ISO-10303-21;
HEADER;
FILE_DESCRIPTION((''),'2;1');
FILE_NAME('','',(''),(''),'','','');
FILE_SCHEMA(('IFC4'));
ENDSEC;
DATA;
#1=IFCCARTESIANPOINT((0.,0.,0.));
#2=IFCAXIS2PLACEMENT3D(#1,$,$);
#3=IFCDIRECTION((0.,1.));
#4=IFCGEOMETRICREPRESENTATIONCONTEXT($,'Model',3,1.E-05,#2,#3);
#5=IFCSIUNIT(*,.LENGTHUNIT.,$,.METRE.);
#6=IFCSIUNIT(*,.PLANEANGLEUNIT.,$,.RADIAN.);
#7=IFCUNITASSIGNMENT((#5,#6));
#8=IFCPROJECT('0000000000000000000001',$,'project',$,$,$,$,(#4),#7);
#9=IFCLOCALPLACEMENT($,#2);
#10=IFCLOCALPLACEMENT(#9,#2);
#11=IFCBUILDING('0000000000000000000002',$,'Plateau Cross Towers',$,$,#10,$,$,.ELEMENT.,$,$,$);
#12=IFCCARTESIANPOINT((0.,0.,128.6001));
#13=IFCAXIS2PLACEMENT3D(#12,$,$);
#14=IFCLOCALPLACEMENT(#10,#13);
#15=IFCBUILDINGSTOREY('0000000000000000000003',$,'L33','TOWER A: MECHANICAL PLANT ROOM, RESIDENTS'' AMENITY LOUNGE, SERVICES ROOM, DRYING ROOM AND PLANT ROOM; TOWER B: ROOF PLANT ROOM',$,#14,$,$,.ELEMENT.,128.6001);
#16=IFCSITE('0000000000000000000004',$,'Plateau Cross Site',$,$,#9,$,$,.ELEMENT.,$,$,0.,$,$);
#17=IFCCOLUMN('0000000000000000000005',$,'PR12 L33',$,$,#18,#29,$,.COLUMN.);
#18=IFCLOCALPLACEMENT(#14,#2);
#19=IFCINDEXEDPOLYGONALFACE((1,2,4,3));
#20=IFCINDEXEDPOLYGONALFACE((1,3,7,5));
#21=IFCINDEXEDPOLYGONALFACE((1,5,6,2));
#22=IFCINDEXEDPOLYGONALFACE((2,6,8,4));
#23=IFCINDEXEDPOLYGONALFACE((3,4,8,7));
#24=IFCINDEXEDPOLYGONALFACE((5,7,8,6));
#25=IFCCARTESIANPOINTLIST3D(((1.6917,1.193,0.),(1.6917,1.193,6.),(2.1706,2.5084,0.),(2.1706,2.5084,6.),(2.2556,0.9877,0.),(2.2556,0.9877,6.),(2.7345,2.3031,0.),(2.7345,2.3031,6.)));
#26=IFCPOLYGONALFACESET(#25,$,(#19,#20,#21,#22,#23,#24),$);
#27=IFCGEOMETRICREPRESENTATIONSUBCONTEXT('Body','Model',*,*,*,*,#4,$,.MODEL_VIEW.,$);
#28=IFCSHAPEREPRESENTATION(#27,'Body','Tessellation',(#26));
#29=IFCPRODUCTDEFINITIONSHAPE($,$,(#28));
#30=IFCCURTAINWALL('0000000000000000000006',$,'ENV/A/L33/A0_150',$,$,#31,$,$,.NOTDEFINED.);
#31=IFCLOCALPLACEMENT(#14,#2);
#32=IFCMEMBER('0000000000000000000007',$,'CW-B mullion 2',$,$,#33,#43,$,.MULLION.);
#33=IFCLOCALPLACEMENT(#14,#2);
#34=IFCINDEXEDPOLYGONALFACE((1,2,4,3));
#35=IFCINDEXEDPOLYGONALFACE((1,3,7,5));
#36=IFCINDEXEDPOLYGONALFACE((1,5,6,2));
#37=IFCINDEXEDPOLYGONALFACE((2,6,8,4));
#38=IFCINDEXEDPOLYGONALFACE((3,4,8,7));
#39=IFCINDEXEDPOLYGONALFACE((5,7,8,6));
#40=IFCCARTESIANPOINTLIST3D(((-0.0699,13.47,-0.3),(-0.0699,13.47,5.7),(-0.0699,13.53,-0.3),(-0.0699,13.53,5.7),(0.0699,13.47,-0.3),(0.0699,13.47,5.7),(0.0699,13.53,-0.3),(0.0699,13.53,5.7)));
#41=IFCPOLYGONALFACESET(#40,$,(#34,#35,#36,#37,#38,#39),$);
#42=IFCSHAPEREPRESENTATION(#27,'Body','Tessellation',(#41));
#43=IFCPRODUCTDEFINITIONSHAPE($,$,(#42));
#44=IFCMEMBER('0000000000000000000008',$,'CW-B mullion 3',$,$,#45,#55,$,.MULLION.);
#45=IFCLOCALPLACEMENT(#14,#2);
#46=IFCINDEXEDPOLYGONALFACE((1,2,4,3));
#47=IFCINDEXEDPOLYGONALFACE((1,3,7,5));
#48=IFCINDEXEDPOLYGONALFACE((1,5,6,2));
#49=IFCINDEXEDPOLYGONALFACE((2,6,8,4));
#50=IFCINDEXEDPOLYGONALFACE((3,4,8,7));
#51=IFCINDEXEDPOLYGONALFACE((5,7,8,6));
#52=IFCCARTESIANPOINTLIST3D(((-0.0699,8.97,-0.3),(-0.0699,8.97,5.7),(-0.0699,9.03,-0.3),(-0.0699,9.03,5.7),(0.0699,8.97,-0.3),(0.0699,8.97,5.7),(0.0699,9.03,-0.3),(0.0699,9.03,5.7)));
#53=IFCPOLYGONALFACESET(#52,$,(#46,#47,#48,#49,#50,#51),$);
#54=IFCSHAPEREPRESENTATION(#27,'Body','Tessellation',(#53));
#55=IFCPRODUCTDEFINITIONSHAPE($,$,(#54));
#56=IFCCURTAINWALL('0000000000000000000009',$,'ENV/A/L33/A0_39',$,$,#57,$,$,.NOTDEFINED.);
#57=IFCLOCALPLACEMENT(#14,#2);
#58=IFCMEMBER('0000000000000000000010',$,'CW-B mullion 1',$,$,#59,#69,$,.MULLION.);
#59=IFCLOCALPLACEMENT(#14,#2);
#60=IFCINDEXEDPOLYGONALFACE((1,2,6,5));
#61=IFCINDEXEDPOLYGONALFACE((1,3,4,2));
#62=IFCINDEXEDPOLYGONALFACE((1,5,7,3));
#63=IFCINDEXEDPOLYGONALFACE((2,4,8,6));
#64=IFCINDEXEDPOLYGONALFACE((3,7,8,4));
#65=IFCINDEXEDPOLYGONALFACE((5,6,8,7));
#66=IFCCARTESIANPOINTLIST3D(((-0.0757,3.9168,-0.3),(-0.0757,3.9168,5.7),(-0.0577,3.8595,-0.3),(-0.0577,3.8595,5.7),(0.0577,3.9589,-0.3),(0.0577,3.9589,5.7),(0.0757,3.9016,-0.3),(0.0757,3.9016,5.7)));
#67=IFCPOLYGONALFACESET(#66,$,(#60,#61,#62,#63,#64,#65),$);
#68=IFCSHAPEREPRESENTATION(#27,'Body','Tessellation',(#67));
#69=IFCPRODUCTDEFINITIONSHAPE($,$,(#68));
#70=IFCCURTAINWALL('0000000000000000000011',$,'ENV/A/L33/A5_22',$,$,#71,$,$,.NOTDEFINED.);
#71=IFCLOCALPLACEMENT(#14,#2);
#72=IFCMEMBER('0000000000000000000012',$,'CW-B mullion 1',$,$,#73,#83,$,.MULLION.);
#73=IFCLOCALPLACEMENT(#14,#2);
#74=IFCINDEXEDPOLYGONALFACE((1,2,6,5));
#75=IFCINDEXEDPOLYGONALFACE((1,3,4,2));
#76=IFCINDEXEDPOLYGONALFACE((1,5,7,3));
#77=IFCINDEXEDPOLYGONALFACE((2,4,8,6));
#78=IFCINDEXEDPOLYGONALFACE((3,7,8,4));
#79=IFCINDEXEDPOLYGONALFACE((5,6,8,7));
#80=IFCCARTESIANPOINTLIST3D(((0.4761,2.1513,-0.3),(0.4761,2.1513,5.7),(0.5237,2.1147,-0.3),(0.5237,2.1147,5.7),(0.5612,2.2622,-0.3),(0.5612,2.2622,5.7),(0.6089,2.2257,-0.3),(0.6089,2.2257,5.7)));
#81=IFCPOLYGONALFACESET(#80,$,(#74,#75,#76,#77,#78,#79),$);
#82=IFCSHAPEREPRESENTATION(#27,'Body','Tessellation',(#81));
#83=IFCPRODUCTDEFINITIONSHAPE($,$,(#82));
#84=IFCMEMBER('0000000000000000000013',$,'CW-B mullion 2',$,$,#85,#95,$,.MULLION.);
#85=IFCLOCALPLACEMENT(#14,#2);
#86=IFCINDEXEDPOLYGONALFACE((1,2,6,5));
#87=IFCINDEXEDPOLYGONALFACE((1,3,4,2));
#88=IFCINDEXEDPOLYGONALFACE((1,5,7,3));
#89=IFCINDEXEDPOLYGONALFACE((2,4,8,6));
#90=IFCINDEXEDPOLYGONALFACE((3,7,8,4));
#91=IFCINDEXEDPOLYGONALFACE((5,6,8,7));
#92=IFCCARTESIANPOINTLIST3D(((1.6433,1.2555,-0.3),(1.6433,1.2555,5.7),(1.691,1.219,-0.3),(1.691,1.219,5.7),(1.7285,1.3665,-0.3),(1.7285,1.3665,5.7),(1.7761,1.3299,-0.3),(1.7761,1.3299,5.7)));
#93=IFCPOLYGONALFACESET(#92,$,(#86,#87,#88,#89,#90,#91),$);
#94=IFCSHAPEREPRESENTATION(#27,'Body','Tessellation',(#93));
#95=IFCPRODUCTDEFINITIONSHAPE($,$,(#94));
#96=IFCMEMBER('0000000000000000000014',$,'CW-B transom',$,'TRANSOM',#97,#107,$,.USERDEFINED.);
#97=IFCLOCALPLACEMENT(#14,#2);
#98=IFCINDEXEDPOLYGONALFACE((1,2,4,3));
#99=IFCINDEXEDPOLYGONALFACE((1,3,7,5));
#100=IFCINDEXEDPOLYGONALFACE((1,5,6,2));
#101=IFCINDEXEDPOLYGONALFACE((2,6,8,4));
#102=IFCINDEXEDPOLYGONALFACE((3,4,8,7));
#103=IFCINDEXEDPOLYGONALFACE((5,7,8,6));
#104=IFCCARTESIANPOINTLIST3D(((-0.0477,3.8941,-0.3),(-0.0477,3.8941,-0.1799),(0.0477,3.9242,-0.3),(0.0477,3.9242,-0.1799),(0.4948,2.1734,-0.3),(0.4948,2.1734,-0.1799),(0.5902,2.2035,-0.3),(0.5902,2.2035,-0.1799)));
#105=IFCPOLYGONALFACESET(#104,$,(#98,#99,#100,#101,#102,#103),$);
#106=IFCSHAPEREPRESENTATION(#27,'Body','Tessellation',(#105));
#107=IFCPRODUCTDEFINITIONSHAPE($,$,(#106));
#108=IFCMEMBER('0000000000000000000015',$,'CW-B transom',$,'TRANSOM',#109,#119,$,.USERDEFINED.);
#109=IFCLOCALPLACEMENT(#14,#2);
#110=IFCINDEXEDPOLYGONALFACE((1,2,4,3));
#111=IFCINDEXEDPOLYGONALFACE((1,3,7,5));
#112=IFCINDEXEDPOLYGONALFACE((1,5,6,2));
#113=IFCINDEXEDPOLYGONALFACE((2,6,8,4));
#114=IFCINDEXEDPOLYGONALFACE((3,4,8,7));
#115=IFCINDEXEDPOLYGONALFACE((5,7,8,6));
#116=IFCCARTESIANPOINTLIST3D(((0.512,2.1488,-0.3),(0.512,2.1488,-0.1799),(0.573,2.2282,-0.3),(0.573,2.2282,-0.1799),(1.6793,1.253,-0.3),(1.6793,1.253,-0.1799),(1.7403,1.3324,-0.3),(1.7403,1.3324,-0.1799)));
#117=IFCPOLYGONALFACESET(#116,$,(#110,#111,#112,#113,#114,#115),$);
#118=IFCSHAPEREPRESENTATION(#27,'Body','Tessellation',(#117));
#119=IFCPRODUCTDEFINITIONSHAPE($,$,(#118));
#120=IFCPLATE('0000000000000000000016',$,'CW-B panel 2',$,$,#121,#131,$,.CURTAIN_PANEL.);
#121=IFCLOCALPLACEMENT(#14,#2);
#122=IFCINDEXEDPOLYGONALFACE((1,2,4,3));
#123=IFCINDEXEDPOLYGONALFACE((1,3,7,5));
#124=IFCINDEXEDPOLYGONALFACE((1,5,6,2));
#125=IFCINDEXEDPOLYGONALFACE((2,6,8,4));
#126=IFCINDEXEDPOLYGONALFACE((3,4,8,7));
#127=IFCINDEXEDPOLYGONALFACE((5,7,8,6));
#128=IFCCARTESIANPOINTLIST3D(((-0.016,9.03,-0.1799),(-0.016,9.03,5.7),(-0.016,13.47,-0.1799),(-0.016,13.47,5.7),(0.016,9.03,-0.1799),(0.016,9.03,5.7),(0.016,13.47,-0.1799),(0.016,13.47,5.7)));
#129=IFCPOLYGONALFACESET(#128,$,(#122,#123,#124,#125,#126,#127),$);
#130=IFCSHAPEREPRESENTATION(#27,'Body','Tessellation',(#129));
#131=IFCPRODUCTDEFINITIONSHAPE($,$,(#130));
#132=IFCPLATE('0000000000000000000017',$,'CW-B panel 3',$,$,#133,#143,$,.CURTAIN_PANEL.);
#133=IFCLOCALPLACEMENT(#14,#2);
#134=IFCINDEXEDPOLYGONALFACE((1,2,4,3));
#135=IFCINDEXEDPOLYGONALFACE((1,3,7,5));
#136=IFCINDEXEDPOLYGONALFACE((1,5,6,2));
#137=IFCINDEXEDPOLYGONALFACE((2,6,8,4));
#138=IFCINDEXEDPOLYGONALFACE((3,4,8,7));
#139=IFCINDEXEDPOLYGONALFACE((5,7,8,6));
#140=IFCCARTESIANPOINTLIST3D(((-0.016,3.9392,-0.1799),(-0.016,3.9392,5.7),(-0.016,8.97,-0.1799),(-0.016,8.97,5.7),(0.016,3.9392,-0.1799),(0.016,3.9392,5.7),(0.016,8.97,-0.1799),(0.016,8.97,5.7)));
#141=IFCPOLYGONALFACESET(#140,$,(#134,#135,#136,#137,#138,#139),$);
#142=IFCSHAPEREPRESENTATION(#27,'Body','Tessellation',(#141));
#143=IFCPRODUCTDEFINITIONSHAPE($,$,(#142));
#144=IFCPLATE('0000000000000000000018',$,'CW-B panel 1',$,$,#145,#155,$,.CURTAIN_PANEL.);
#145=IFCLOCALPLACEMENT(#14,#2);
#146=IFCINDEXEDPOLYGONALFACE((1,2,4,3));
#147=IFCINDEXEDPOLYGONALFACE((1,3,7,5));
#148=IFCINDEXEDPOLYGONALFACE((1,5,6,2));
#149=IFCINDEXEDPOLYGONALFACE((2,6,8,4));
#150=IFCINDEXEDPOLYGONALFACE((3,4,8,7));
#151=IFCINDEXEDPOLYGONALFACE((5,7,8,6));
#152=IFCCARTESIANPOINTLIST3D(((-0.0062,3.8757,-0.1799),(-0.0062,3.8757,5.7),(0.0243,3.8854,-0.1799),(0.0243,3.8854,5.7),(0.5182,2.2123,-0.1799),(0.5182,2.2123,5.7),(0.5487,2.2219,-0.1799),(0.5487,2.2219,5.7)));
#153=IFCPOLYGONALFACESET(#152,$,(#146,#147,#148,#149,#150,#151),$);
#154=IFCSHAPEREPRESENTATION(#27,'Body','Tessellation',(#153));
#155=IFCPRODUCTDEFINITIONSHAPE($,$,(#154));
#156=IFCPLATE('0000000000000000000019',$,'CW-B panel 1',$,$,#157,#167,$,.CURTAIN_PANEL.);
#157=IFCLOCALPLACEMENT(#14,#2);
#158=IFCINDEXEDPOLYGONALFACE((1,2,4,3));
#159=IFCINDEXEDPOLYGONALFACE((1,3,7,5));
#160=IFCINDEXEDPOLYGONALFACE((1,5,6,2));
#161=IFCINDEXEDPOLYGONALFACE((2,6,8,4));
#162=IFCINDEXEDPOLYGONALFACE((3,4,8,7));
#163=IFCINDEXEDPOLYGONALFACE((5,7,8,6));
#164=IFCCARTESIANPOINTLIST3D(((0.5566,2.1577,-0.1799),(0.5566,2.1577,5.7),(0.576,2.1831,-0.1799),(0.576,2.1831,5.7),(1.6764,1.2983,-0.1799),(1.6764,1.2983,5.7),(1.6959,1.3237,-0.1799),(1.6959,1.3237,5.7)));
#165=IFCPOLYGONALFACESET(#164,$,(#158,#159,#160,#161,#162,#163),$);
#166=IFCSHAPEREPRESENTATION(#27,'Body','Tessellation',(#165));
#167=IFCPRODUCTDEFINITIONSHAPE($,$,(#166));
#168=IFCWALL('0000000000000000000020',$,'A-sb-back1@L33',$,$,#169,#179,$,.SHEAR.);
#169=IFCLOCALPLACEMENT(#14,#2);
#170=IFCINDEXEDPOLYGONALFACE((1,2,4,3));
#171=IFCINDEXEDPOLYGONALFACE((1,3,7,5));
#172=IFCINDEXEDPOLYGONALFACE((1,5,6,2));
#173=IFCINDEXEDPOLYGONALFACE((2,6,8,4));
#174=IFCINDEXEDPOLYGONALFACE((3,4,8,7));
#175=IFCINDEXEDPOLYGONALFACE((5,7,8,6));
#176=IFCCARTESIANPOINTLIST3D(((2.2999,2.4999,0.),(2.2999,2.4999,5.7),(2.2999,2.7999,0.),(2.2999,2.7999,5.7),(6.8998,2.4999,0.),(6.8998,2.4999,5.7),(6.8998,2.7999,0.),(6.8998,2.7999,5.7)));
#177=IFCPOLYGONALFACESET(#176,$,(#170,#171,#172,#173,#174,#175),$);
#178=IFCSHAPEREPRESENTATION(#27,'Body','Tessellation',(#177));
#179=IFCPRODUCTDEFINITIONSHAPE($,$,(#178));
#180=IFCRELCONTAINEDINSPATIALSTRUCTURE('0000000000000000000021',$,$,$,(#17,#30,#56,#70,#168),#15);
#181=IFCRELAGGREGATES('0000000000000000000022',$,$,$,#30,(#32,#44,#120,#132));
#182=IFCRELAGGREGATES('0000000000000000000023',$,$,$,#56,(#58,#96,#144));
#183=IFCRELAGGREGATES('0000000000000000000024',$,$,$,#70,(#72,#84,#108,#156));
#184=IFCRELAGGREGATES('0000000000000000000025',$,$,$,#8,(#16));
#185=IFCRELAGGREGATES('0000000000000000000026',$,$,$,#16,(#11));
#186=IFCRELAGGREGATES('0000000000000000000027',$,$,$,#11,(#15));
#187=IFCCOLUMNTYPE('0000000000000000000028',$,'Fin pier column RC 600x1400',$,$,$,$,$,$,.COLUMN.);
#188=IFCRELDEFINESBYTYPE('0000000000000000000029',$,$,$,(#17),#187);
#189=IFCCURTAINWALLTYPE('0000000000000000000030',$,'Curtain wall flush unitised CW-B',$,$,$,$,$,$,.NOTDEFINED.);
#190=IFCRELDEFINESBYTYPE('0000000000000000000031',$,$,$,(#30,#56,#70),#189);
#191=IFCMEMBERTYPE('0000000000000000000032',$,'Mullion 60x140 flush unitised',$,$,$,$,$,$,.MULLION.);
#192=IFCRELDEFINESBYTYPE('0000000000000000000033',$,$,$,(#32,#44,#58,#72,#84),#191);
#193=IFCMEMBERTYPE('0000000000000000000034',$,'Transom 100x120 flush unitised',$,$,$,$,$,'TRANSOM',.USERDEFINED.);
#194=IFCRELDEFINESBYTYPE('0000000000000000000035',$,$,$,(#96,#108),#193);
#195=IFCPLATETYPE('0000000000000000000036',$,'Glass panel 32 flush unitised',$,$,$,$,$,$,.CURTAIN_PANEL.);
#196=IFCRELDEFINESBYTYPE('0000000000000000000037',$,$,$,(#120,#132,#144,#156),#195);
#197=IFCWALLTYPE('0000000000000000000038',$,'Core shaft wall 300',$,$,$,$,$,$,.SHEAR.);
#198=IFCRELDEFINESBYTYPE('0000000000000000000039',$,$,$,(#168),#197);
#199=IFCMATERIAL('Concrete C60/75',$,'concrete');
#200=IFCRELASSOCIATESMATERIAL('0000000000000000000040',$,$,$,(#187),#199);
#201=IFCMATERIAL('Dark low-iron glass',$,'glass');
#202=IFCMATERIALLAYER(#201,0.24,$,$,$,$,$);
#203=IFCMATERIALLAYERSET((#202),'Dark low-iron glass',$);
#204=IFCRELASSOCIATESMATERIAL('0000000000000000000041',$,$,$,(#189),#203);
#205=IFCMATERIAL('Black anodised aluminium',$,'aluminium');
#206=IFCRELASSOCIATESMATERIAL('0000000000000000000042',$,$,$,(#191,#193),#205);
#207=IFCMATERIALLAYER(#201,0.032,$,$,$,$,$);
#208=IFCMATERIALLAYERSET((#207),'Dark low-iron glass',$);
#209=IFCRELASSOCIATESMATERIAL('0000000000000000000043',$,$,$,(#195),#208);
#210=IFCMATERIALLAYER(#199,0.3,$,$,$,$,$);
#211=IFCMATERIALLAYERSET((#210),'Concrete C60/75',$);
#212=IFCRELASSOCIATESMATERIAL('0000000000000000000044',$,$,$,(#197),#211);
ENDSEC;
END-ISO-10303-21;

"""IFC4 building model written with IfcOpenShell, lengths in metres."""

from ifc_helpers import new_model, si_unit, direction, frame, frame_2d, origin, origin_2d, place, context, subcontext, project, spatial, rectangle, extrude, material, layer, layer_set, material_profile, profile_set, type_object, element, aggregate, save


model = new_model("IFC4")

# Units and contexts
model_context = context("Model", 3, precision=1e-05, world=origin(), true_north=direction((0.0, 1.0)))
body_context = subcontext(model_context, "Body", "Model", "MODEL_VIEW")
ifc_project = project(units=[si_unit("LENGTHUNIT", "METRE"), si_unit("PLANEANGLEUNIT", "RADIAN")], contexts=[model_context])

# Site, building, storey
site_placement = place(None, origin())
site = spatial("IfcSite", under=ifc_project, at=site_placement, Name="Plateau Cross Site", CompositionType="ELEMENT", RefElevation=0.0)
building_placement = place(site_placement, origin())
building = spatial("IfcBuilding", under=site, at=building_placement, Name="Plateau Cross Towers", CompositionType="ELEMENT")
storey_placement = place(building_placement, frame((0.0, 0.0, 128.6001)))
storey = spatial("IfcBuildingStorey", under=building, at=storey_placement, Name="L33", Description="TOWER A: MECHANICAL PLANT ROOM, RESIDENTS' AMENITY LOUNGE, SERVICES ROOM, DRYING ROOM AND PLANT ROOM; TOWER B: ROOF PLANT ROOM", CompositionType="ELEMENT", Elevation=128.6001)

# Column
ifc_material_1 = material(Name="Concrete C60/75", Category="concrete")
ifc_material_profile_1 = material_profile(ifc_material_1, rectangle(XDim=0.6001, YDim=1.3999, at=origin_2d()), Name="RC 600x1400")
ifc_profile_set_1 = profile_set([ifc_material_profile_1], Name="Concrete C60/75")
column_type = type_object("IfcColumnType", Name="Fin pier column RC 600x1400", PredefinedType="COLUMN", material=ifc_profile_set_1)
column_placement = place(storey_placement, frame((2.2131, 1.748, 0.0), z_axis=(0.0, 0.0, 1.0), x_axis=(-0.939664, 0.342098, 0.0)))
element("IfcColumn", 1, at=column_placement, inside=storey, type_object=column_type, Name="PR12 L33", PredefinedType="COLUMN", context=body_context, shape_type="SweptSolid", body=[
    extrude(rectangle(XDim=0.6001, YDim=1.3999, at=origin_2d()), origin(), (0.0, 0.0, 1.0), 6.0),
])

# Curtain wall, members
ifc_material_2 = material(Name="Dark low-iron glass", Category="glass")
ifc_layer_1 = layer(ifc_material_2, 0.24)
ifc_layer_set_1 = layer_set([ifc_layer_1], Name="Dark low-iron glass")
curtain_wall_type = type_object("IfcCurtainWallType", Name="Curtain wall flush unitised CW-B", PredefinedType="NOTDEFINED", material=ifc_layer_set_1)
curtain_wall_1_placement = place(storey_placement, origin())
curtain_wall_1 = element("IfcCurtainWall", 2, at=curtain_wall_1_placement, inside=storey, type_object=curtain_wall_type, Name="ENV/A/L33/A0_150", PredefinedType="NOTDEFINED")
ifc_material_3 = material(Name="Black anodised aluminium", Category="aluminium")
ifc_material_profile_2 = material_profile(ifc_material_3, rectangle(XDim=0.0601, YDim=0.1399, at=origin_2d()), Name="MULLION 60x140")
ifc_profile_set_2 = profile_set([ifc_material_profile_2], Name="Black anodised aluminium")
member_type_1 = type_object("IfcMemberType", Name="Mullion 60x140 flush unitised", PredefinedType="MULLION", material=ifc_profile_set_2)
member_1_placement = place(storey_placement, frame((0.0, 13.5, -0.3), z_axis=(0.0, 0.0, 1.0), x_axis=(0.0, -1.0, 0.0)))
member_1 = element("IfcMember", 3, at=member_1_placement, type_object=member_type_1, Name="CW-B mullion 2", PredefinedType="MULLION", context=body_context, shape_type="SweptSolid", body=[
    extrude(rectangle(XDim=0.0601, YDim=0.1399, at=origin_2d()), origin(), (0.0, 0.0, 1.0), 6.0),
])
member_2_placement = place(storey_placement, frame((0.0, 9.0, -0.3), z_axis=(0.0, 0.0, 1.0), x_axis=(0.0, -1.0, 0.0)))
member_2 = element("IfcMember", 4, at=member_2_placement, type_object=member_type_1, Name="CW-B mullion 3", PredefinedType="MULLION", context=body_context, shape_type="SweptSolid", body=[
    extrude(rectangle(XDim=0.0601, YDim=0.1399, at=origin_2d()), origin(), (0.0, 0.0, 1.0), 6.0),
])

# Curtain wall, member
curtain_wall_2_placement = place(storey_placement, origin())
curtain_wall_2 = element("IfcCurtainWall", 5, at=curtain_wall_2_placement, inside=storey, type_object=curtain_wall_type, Name="ENV/A/L33/A0_39", PredefinedType="NOTDEFINED")
member_3_placement = place(storey_placement, frame((0.0, 3.9092, -0.3), z_axis=(0.0, 0.0, 1.0), x_axis=(0.300686, -0.953723, 0.0)))
member_3 = element("IfcMember", 6, at=member_3_placement, type_object=member_type_1, Name="CW-B mullion 1", PredefinedType="MULLION", context=body_context, shape_type="SweptSolid", body=[
    extrude(rectangle(XDim=0.0601, YDim=0.1399, at=origin_2d()), origin(), (0.0, 0.0, 1.0), 6.0),
])

# Curtain wall, members
curtain_wall_3_placement = place(storey_placement, origin())
curtain_wall_3 = element("IfcCurtainWall", 7, at=curtain_wall_3_placement, inside=storey, type_object=curtain_wall_type, Name="ENV/A/L33/A5_22", PredefinedType="NOTDEFINED")
member_4_placement = place(storey_placement, frame((0.5425, 2.1885, -0.3), z_axis=(0.0, 0.0, 1.0), x_axis=(0.793316, -0.608811, 0.0)))
member_4 = element("IfcMember", 8, at=member_4_placement, type_object=member_type_1, Name="CW-B mullion 1", PredefinedType="MULLION", context=body_context, shape_type="SweptSolid", body=[
    extrude(rectangle(XDim=0.0601, YDim=0.1399, at=origin_2d()), origin(), (0.0, 0.0, 1.0), 6.0),
])
member_5_placement = place(storey_placement, frame((1.7097, 1.2927, -0.3), z_axis=(0.0, 0.0, 1.0), x_axis=(0.793316, -0.608811, 0.0)))
member_5 = element("IfcMember", 9, at=member_5_placement, type_object=member_type_1, Name="CW-B mullion 2", PredefinedType="MULLION", context=body_context, shape_type="SweptSolid", body=[
    extrude(rectangle(XDim=0.0601, YDim=0.1399, at=origin_2d()), origin(), (0.0, 0.0, 1.0), 6.0),
])

# Members
ifc_material_profile_3 = material_profile(ifc_material_3, rectangle(XDim=0.1001, YDim=0.1201, at=origin_2d()), Name="TRANSOM 100x120")
ifc_profile_set_3 = profile_set([ifc_material_profile_3], Name="Black anodised aluminium")
member_type_2 = type_object("IfcMemberType", Name="Transom 100x120 flush unitised", ElementType="TRANSOM", PredefinedType="USERDEFINED", material=ifc_profile_set_3)
member_6_placement = place(storey_placement, frame((0.0, 3.9092, -0.24), z_axis=(0.300678, -0.953726, 0.0), x_axis=(0.953726, 0.300678, 0.0)))
member_6 = element("IfcMember", 10, at=member_6_placement, type_object=member_type_2, Name="CW-B transom", ObjectType="TRANSOM", PredefinedType="USERDEFINED", context=body_context, shape_type="SweptSolid", body=[
    extrude(rectangle(XDim=0.1001, YDim=0.1201, at=origin_2d()), origin(), (0.0, 0.0, 1.0), 1.8042),
])
member_7_placement = place(storey_placement, frame((0.5425, 2.1885, -0.24), z_axis=(0.793321, -0.608804, 0.0), x_axis=(0.608804, 0.793321, 0.0)))
member_7 = element("IfcMember", 11, at=member_7_placement, type_object=member_type_2, Name="CW-B transom", ObjectType="TRANSOM", PredefinedType="USERDEFINED", context=body_context, shape_type="SweptSolid", body=[
    extrude(rectangle(XDim=0.1001, YDim=0.1201, at=origin_2d()), origin(), (0.0, 0.0, 1.0), 1.4714),
])

# Plates
ifc_layer_2 = layer(ifc_material_2, 0.032)
ifc_layer_set_2 = layer_set([ifc_layer_2], Name="Dark low-iron glass")
plate_type = type_object("IfcPlateType", Name="Glass panel 32 flush unitised", PredefinedType="CURTAIN_PANEL", material=ifc_layer_set_2)
plate_1_placement = place(storey_placement, frame((0.0, 11.25, -0.1799), z_axis=(0.0, 0.0, 1.0), x_axis=(0.0, -1.0, 0.0)))
plate_1 = element("IfcPlate", 12, at=plate_1_placement, type_object=plate_type, Name="CW-B panel 2", PredefinedType="CURTAIN_PANEL", context=body_context, shape_type="SweptSolid", body=[
    extrude(rectangle(XDim=4.4399, YDim=0.032, at=origin_2d()), origin(), (0.0, 0.0, 1.0), 5.8799),
])
plate_2_placement = place(storey_placement, frame((0.0, 6.4546, -0.1799), z_axis=(0.0, 0.0, 1.0), x_axis=(0.0, -1.0, 0.0)))
plate_2 = element("IfcPlate", 13, at=plate_2_placement, type_object=plate_type, Name="CW-B panel 3", PredefinedType="CURTAIN_PANEL", context=body_context, shape_type="SweptSolid", body=[
    extrude(rectangle(XDim=5.0308, YDim=0.032, at=origin_2d()), origin(), (0.0, 0.0, 1.0), 5.8799),
])
aggregate(curtain_wall_1, [member_1, member_2, plate_1, plate_2])
plate_3_placement = place(storey_placement, frame((0.2712, 3.0488, -0.1799), z_axis=(0.0, 0.0, 1.0), x_axis=(0.300686, -0.953723, 0.0)))
plate_3 = element("IfcPlate", 14, at=plate_3_placement, type_object=plate_type, Name="CW-B panel 1", PredefinedType="CURTAIN_PANEL", context=body_context, shape_type="SweptSolid", body=[
    extrude(rectangle(XDim=1.7441, YDim=0.032, at=origin_2d()), origin(), (0.0, 0.0, 1.0), 5.8799),
])
aggregate(curtain_wall_2, [member_3, member_6, plate_3])
plate_4_placement = place(storey_placement, frame((1.1262, 1.7407, -0.1799), z_axis=(0.0, 0.0, 1.0), x_axis=(0.793316, -0.608811, 0.0)))
plate_4 = element("IfcPlate", 15, at=plate_4_placement, type_object=plate_type, Name="CW-B panel 1", PredefinedType="CURTAIN_PANEL", context=body_context, shape_type="SweptSolid", body=[
    extrude(rectangle(XDim=1.4116, YDim=0.032, at=origin_2d()), origin(), (0.0, 0.0, 1.0), 5.8799),
])
aggregate(curtain_wall_3, [member_4, member_5, member_7, plate_4])

# Wall
ifc_layer_3 = layer(ifc_material_1, 0.3)
ifc_layer_set_3 = layer_set([ifc_layer_3], Name="Concrete C60/75")
wall_type_1 = type_object("IfcWallType", Name="Core shaft wall 300", PredefinedType="SHEAR", material=ifc_layer_set_3)
wall_1_placement = place(storey_placement, frame((2.3, 2.6499, 0.0), z_axis=(0.0, 0.0, 1.0), x_axis=(1.0, 0.0, 0.0)))
element("IfcWall", 16, at=wall_1_placement, inside=storey, type_object=wall_type_1, Name="A-sb-back1@L33", PredefinedType="SHEAR", context=body_context, shape_type="SweptSolid", body=[
    extrude(rectangle(XDim=4.5999, YDim=0.3, at=frame_2d((2.2998, 0.0))), origin(), (0.0, 0.0, 1.0), 5.7),
])

save(model, "model.ifc")
